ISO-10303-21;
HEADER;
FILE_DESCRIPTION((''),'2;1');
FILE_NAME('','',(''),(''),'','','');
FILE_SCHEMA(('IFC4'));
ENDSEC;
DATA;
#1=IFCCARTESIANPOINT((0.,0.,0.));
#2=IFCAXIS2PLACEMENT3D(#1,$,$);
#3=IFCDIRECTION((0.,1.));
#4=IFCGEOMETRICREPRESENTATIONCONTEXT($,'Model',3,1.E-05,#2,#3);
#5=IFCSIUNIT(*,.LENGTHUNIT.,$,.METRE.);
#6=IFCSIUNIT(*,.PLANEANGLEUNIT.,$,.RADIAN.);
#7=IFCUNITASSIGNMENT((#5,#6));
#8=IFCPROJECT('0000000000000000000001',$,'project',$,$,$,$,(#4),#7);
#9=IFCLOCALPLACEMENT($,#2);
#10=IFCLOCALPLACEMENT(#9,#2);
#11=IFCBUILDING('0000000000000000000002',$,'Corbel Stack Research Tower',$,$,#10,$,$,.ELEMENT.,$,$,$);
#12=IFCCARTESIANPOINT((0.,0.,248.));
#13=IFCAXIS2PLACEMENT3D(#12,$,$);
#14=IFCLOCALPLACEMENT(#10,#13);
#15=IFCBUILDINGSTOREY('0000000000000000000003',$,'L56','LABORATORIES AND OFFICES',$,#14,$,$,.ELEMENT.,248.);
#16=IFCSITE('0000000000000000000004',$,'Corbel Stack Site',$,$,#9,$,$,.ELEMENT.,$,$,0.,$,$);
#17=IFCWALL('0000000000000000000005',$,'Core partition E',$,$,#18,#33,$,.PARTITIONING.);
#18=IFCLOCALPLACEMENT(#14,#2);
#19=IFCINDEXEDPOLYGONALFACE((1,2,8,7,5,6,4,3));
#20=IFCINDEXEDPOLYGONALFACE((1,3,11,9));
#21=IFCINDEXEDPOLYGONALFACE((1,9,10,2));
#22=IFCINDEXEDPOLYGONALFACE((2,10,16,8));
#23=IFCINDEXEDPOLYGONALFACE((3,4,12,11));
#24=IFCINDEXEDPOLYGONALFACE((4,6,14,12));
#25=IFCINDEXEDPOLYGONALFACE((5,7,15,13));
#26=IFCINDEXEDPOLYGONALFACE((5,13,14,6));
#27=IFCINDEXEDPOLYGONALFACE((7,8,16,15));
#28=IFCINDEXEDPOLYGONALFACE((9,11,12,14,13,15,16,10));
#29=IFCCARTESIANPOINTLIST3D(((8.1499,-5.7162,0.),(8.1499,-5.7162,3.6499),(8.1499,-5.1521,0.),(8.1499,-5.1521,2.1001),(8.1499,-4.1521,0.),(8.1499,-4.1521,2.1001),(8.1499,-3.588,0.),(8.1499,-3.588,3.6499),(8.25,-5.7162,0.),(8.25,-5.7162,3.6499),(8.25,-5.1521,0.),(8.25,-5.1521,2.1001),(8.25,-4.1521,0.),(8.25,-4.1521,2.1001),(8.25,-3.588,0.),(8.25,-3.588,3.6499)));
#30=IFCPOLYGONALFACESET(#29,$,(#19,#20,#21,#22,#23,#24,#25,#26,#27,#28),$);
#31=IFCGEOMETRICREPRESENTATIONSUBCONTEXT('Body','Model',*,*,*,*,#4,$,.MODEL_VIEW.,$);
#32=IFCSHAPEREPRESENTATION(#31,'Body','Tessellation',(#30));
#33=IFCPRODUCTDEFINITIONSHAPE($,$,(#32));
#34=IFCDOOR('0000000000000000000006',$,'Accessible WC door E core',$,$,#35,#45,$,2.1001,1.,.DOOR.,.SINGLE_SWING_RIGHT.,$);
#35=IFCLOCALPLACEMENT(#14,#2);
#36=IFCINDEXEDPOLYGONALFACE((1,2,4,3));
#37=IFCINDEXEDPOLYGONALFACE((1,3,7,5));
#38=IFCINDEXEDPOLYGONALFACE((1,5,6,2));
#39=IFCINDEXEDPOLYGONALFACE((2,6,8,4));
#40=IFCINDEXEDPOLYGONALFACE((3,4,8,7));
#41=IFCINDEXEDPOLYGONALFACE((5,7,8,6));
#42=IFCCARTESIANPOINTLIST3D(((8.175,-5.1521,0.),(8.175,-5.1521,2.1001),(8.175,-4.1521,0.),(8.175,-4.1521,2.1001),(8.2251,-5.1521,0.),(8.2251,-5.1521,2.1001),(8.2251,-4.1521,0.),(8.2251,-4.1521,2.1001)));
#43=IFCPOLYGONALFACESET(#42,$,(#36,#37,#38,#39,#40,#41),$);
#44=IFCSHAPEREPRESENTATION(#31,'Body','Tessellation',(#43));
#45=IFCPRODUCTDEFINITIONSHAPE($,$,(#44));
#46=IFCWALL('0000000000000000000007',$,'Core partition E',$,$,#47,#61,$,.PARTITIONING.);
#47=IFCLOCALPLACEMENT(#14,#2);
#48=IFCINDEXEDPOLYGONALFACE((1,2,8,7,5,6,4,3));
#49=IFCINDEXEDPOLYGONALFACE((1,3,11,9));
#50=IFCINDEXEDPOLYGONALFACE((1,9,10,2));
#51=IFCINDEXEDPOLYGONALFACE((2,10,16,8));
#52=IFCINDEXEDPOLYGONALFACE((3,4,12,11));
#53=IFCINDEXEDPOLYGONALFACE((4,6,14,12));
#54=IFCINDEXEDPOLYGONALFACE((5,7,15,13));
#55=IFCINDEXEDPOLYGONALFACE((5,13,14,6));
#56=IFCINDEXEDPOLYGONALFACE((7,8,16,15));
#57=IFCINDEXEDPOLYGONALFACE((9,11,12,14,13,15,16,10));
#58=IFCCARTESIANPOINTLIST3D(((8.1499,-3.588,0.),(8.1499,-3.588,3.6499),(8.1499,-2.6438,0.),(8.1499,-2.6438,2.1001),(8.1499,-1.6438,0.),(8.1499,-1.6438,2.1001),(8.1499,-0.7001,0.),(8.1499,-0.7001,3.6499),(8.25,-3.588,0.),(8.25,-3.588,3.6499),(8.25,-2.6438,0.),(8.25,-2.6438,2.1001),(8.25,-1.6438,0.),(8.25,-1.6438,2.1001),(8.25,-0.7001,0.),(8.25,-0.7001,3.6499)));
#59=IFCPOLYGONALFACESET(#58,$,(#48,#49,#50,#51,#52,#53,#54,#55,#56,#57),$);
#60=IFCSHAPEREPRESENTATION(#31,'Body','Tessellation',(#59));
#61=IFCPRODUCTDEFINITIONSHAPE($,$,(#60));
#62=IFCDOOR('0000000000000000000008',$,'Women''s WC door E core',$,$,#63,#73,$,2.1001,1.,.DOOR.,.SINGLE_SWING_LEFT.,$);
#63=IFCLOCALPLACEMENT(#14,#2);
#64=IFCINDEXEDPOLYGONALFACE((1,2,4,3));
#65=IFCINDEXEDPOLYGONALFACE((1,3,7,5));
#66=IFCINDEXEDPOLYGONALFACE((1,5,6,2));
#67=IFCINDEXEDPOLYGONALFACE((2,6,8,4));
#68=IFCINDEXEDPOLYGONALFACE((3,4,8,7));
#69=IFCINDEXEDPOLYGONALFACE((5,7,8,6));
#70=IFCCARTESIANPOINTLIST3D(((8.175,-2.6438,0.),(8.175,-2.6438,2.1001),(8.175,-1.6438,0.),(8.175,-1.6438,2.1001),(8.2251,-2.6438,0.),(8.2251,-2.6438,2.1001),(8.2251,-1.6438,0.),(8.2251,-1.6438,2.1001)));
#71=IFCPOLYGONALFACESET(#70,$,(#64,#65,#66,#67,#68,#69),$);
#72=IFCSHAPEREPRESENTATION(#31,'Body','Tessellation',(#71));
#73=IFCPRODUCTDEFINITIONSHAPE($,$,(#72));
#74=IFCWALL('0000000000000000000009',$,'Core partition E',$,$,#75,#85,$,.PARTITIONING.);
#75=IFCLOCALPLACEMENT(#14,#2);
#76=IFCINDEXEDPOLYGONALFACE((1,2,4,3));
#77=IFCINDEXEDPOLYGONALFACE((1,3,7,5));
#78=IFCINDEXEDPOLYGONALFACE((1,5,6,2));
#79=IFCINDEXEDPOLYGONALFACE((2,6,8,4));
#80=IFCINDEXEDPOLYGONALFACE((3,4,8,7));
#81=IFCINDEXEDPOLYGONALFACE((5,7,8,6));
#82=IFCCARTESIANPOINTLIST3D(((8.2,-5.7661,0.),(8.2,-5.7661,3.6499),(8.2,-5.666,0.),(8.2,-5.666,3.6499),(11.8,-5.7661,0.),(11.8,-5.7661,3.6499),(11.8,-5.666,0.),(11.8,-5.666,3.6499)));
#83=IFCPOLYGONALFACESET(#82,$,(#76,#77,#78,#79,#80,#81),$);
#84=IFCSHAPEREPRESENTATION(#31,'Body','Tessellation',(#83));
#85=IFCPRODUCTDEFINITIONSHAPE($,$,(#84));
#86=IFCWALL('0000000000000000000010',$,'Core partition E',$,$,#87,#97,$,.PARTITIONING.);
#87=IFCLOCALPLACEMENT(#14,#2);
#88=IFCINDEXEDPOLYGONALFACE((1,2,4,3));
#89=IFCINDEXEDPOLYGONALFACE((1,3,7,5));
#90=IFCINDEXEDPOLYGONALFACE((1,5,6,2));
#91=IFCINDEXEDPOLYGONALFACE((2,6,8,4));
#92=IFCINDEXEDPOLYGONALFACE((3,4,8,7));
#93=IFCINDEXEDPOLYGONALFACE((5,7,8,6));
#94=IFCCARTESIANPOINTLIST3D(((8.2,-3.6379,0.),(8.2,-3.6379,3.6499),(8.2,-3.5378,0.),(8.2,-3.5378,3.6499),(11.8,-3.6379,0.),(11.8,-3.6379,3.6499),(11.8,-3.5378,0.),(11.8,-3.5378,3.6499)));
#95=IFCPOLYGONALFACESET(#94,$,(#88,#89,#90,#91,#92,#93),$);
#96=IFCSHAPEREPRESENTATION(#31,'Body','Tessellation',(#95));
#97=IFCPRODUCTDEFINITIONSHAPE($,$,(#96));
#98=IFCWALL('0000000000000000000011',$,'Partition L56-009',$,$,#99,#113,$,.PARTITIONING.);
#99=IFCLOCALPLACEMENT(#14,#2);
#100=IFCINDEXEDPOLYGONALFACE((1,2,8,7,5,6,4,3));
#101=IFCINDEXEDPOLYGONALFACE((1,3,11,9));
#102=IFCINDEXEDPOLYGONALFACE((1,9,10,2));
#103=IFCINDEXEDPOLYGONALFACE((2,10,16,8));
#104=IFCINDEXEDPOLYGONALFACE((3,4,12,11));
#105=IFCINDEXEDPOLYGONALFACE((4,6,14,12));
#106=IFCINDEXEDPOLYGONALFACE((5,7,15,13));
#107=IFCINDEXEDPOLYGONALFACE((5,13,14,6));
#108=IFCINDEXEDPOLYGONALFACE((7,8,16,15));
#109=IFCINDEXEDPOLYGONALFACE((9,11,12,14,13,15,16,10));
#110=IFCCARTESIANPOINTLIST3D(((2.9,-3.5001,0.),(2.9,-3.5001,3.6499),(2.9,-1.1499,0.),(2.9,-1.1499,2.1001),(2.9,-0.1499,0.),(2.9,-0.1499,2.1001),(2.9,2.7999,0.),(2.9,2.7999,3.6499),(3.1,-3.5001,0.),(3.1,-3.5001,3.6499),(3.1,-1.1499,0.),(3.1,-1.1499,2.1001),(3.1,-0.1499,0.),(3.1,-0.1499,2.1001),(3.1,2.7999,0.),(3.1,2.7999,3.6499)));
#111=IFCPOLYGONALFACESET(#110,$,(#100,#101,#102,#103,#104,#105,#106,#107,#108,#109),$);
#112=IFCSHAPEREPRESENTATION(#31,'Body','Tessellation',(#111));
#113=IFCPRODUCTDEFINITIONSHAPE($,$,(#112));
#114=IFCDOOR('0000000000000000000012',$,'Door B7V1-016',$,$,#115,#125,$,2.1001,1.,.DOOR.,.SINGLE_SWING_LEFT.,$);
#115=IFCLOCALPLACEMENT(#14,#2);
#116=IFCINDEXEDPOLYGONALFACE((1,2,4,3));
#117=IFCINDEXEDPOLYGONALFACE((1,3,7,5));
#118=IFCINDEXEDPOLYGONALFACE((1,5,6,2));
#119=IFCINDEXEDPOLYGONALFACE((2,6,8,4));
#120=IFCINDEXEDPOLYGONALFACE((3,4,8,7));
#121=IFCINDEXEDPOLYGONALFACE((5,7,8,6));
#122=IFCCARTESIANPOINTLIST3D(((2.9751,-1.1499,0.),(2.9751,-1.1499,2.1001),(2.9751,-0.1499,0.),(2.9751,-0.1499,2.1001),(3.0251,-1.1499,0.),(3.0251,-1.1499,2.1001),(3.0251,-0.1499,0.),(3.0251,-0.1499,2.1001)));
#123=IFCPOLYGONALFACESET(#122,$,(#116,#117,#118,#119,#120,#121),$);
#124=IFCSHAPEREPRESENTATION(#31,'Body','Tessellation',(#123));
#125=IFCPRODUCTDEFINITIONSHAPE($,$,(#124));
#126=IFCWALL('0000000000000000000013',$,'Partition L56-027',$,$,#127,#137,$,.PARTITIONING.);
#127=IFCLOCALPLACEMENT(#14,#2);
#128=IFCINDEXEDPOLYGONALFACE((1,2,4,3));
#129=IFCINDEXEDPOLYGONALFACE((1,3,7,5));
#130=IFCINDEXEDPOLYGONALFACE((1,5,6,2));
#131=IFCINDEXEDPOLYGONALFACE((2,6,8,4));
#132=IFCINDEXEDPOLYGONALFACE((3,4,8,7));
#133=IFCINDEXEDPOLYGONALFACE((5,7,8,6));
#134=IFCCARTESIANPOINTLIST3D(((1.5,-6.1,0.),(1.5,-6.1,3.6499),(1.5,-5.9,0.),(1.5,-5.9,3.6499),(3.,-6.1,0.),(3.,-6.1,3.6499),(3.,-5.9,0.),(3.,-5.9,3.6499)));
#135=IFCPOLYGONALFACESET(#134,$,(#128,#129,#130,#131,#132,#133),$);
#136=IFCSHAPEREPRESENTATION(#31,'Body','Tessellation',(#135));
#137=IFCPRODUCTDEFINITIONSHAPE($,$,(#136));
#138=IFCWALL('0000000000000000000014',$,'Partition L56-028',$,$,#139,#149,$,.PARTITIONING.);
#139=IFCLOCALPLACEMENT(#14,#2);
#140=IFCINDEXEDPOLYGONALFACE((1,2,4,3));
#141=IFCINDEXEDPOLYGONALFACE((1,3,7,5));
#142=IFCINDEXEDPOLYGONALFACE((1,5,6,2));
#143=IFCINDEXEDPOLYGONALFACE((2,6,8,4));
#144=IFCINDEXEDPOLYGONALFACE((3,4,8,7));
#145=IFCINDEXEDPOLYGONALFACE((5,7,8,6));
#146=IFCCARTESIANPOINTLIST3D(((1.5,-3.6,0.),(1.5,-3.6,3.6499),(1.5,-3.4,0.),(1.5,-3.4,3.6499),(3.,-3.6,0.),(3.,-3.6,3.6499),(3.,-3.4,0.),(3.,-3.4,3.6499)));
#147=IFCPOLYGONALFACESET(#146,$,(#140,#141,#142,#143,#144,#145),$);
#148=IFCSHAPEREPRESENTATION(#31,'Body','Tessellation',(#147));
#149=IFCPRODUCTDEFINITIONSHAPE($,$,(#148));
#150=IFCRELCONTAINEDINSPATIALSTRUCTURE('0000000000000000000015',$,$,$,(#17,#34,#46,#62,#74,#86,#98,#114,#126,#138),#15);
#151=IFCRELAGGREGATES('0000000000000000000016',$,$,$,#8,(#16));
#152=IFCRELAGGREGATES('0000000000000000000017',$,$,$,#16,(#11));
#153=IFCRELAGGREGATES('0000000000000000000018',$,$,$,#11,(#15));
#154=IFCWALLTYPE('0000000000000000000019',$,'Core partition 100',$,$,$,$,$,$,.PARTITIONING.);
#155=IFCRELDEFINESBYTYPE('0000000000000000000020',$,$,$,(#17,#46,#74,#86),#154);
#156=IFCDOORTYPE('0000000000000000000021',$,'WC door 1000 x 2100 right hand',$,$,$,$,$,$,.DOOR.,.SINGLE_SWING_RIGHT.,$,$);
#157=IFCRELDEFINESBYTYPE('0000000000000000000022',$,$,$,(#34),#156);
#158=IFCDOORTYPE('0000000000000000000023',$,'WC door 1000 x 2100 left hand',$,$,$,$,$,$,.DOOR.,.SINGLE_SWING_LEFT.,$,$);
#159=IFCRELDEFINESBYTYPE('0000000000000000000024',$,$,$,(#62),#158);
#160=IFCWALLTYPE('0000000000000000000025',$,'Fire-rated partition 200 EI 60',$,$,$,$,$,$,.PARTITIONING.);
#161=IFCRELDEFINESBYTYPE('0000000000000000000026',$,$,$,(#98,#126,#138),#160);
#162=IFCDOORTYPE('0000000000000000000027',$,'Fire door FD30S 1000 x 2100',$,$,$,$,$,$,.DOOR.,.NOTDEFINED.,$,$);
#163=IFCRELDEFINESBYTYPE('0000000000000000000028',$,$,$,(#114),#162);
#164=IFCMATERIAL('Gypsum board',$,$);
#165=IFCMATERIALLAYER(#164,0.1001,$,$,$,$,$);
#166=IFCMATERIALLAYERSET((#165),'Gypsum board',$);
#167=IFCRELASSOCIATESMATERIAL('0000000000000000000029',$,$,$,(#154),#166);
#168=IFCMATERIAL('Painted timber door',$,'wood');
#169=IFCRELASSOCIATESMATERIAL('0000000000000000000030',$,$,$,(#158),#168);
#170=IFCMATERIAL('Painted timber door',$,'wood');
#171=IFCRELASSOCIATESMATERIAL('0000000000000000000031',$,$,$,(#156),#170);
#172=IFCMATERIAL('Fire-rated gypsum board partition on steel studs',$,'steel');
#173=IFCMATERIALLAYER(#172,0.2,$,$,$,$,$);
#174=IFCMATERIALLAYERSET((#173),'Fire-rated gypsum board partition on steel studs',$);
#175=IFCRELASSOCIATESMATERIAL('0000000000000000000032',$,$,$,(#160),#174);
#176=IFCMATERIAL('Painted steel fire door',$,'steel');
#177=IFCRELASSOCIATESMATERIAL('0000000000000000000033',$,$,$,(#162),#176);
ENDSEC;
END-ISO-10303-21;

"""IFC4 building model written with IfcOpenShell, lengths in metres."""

from ifc_helpers import new_model, si_unit, direction, frame, frame_2d, origin, place, context, subcontext, project, spatial, rectangle, extrude, material, layer, layer_set, type_object, element, fill, save


model = new_model("IFC4")

# Units and contexts
model_context = context("Model", 3, precision=1e-05, world=origin(), true_north=direction((0.0, 1.0)))
body_context = subcontext(model_context, "Body", "Model", "MODEL_VIEW")
ifc_project = project(units=[si_unit("LENGTHUNIT", "METRE"), si_unit("PLANEANGLEUNIT", "RADIAN")], contexts=[model_context])

# Site, building, storey
site_placement = place(None, origin())
site = spatial("IfcSite", under=ifc_project, at=site_placement, Name="Corbel Stack Site", CompositionType="ELEMENT", RefElevation=0.0)
building_placement = place(site_placement, origin())
building = spatial("IfcBuilding", under=site, at=building_placement, Name="Corbel Stack Research Tower", CompositionType="ELEMENT")
storey_placement = place(building_placement, frame((0.0, 0.0, 248.0)))
storey = spatial("IfcBuildingStorey", under=building, at=storey_placement, Name="L56", Description="LABORATORIES AND OFFICES", CompositionType="ELEMENT", Elevation=248.0)

# Walls, openings, doors
ifc_material_1 = material(Name="Gypsum board")
ifc_layer_1 = layer(ifc_material_1, 0.1001)
ifc_layer_set_1 = layer_set([ifc_layer_1], Name="Gypsum board")
wall_type_1 = type_object("IfcWallType", Name="Core partition 100", PredefinedType="PARTITIONING", material=ifc_layer_set_1)
ifc_material_2 = material(Name="Painted timber door", Category="wood")
door_type_1 = type_object("IfcDoorType", Name="WC door 1000 x 2100 left hand", OperationType="SINGLE_SWING_LEFT", PredefinedType="DOOR", material=ifc_material_2)
wall_1_placement = place(storey_placement, frame((8.2, -5.7161, 0.0), z_axis=(0.0, 0.0, 1.0), x_axis=(0.0, 1.0, 0.0)))
wall_1 = element("IfcWall", 1, at=wall_1_placement, inside=storey, type_object=wall_type_1, Name="Core partition E", PredefinedType="PARTITIONING", context=body_context, shape_type="SweptSolid", body=[
    extrude(rectangle(XDim=2.1282, YDim=0.1001, at=frame_2d((1.064, 0.0))), origin(), (0.0, 0.0, 1.0), 3.6499),
])
opening_1_placement = place(wall_1_placement, frame((0.564, 0.0, 0.0)))
opening_1 = element("IfcOpeningElement", 2, at=opening_1_placement, cuts=wall_1, PredefinedType="OPENING", context=body_context, shape_type="SweptSolid", body=[
    extrude(rectangle(XDim=1.0, YDim=2.1001, at=frame_2d((0.5, 1.05))), frame((0.0, 0.0601, 0.0), z_axis=(0.0, -1.0, 0.0), x_axis=(1.0, 0.0, 0.0)), (0.0, 0.0, 1.0), 0.1201),
])
ifc_material_3 = material(Name="Painted timber door", Category="wood")
door_type_2 = type_object("IfcDoorType", Name="WC door 1000 x 2100 right hand", OperationType="SINGLE_SWING_RIGHT", PredefinedType="DOOR", material=ifc_material_3)
door_1_placement = place(opening_1_placement, origin())
door_1 = element("IfcDoor", 3, at=door_1_placement, inside=storey, type_object=door_type_2, Name="Accessible WC door E core", OperationType="SINGLE_SWING_RIGHT", OverallHeight=2.1001, OverallWidth=1.0, PredefinedType="DOOR", context=body_context, shape_type="SweptSolid", body=[
    extrude(rectangle(XDim=1.0, YDim=2.1001, at=frame_2d((0.5, 1.05))), frame((0.0, 0.0249, 0.0), z_axis=(0.0, -1.0, 0.0), x_axis=(1.0, 0.0, 0.0)), (0.0, 0.0, 1.0), 0.05),
])
fill(opening_1, door_1)
wall_2_placement = place(storey_placement, frame((8.2, -3.5879, 0.0), z_axis=(0.0, 0.0, 1.0), x_axis=(0.0, 1.0, 0.0)))
wall_2 = element("IfcWall", 4, at=wall_2_placement, inside=storey, type_object=wall_type_1, Name="Core partition E", PredefinedType="PARTITIONING", context=body_context, shape_type="SweptSolid", body=[
    extrude(rectangle(XDim=2.8879, YDim=0.1001, at=frame_2d((1.4438, 0.0))), origin(), (0.0, 0.0, 1.0), 3.6499),
])
opening_2_placement = place(wall_2_placement, frame((0.9441, 0.0, 0.0)))
opening_2 = element("IfcOpeningElement", 5, at=opening_2_placement, cuts=wall_2, PredefinedType="OPENING", context=body_context, shape_type="SweptSolid", body=[
    extrude(rectangle(XDim=1.0, YDim=2.1001, at=frame_2d((0.5, 1.05))), frame((0.0, 0.0601, 0.0), z_axis=(0.0, -1.0, 0.0), x_axis=(1.0, 0.0, 0.0)), (0.0, 0.0, 1.0), 0.1201),
])
door_2_placement = place(opening_2_placement, origin())
door_2 = element("IfcDoor", 6, at=door_2_placement, inside=storey, type_object=door_type_1, Name="Women's WC door E core", OperationType="SINGLE_SWING_LEFT", OverallHeight=2.1001, OverallWidth=1.0, PredefinedType="DOOR", context=body_context, shape_type="SweptSolid", body=[
    extrude(rectangle(XDim=1.0, YDim=2.1001, at=frame_2d((0.5, 1.05))), frame((0.0, 0.0249, 0.0), z_axis=(0.0, -1.0, 0.0), x_axis=(1.0, 0.0, 0.0)), (0.0, 0.0, 1.0), 0.05),
])
fill(opening_2, door_2)

# Walls
for number, where, z_axis, x_axis, name in (
    (7, (8.2, -5.7161, 0.0), (0.0, 0.0, 1.0), (1.0, 0.0, 0.0), "Core partition E"),
    (8, (8.2, -3.5879, 0.0), (0.0, 0.0, 1.0), (1.0, 0.0, 0.0), "Core partition E"),
):
    element("IfcWall", number, at=place(storey_placement, frame(where, z_axis=z_axis, x_axis=x_axis)), inside=storey, type_object=wall_type_1, Name=name, PredefinedType="PARTITIONING", context=body_context, shape_type="SweptSolid", body=[
        extrude(rectangle(XDim=3.6001, YDim=0.1001, at=frame_2d((1.8, 0.0))), origin(), (0.0, 0.0, 1.0), 3.6499),
    ])

# Wall, opening, door
ifc_material_4 = material(Name="Fire-rated gypsum board partition on steel studs", Category="steel")
ifc_layer_2 = layer(ifc_material_4, 0.2)
ifc_layer_set_2 = layer_set([ifc_layer_2], Name="Fire-rated gypsum board partition on steel studs")
wall_type_2 = type_object("IfcWallType", Name="Fire-rated partition 200 EI 60", PredefinedType="PARTITIONING", material=ifc_layer_set_2)
wall_3_placement = place(storey_placement, frame((3.0, -3.5, 0.0), z_axis=(0.0, 0.0, 1.0), x_axis=(0.0, 1.0, 0.0)))
wall_3 = element("IfcWall", 9, at=wall_3_placement, inside=storey, type_object=wall_type_2, Name="Partition L56-009", PredefinedType="PARTITIONING", context=body_context, shape_type="SweptSolid", body=[
    extrude(rectangle(XDim=6.3, YDim=0.2, at=frame_2d((3.1499, 0.0))), origin(), (0.0, 0.0, 1.0), 3.6499),
])
opening_3_placement = place(wall_3_placement, frame((2.3501, 0.0, 0.0)))
opening_3 = element("IfcOpeningElement", 10, at=opening_3_placement, cuts=wall_3, PredefinedType="OPENING", context=body_context, shape_type="SweptSolid", body=[
    extrude(rectangle(XDim=1.0, YDim=2.1001, at=frame_2d((0.5, 1.05))), frame((0.0, 0.1099, 0.0), z_axis=(0.0, -1.0, 0.0), x_axis=(1.0, 0.0, 0.0)), (0.0, 0.0, 1.0), 0.22),
])
ifc_material_5 = material(Name="Painted steel fire door", Category="steel")
door_type_3 = type_object("IfcDoorType", Name="Fire door FD30S 1000 x 2100", OperationType="NOTDEFINED", PredefinedType="DOOR", material=ifc_material_5)
door_3_placement = place(opening_3_placement, origin())
door_3 = element("IfcDoor", 11, at=door_3_placement, inside=storey, type_object=door_type_3, Name="Door B7V1-016", OperationType="SINGLE_SWING_LEFT", OverallHeight=2.1001, OverallWidth=1.0, PredefinedType="DOOR", context=body_context, shape_type="SweptSolid", body=[
    extrude(rectangle(XDim=1.0, YDim=2.1001, at=frame_2d((0.5, 1.05))), frame((0.0, 0.0249, 0.0), z_axis=(0.0, -1.0, 0.0), x_axis=(1.0, 0.0, 0.0)), (0.0, 0.0, 1.0), 0.05),
])
fill(opening_3, door_3)

# Walls
for number, where, z_axis, x_axis, name in (
    (12, (1.5, -6.0, 0.0), (0.0, 0.0, 1.0), (1.0, 0.0, 0.0), "Partition L56-027"),
    (13, (1.5, -3.5, 0.0), (0.0, 0.0, 1.0), (1.0, 0.0, 0.0), "Partition L56-028"),
):
    element("IfcWall", number, at=place(storey_placement, frame(where, z_axis=z_axis, x_axis=x_axis)), inside=storey, type_object=wall_type_2, Name=name, PredefinedType="PARTITIONING", context=body_context, shape_type="SweptSolid", body=[
        extrude(rectangle(XDim=1.5, YDim=0.2, at=frame_2d((0.75, 0.0))), origin(), (0.0, 0.0, 1.0), 3.6499),
    ])

save(model, "model.ifc")
